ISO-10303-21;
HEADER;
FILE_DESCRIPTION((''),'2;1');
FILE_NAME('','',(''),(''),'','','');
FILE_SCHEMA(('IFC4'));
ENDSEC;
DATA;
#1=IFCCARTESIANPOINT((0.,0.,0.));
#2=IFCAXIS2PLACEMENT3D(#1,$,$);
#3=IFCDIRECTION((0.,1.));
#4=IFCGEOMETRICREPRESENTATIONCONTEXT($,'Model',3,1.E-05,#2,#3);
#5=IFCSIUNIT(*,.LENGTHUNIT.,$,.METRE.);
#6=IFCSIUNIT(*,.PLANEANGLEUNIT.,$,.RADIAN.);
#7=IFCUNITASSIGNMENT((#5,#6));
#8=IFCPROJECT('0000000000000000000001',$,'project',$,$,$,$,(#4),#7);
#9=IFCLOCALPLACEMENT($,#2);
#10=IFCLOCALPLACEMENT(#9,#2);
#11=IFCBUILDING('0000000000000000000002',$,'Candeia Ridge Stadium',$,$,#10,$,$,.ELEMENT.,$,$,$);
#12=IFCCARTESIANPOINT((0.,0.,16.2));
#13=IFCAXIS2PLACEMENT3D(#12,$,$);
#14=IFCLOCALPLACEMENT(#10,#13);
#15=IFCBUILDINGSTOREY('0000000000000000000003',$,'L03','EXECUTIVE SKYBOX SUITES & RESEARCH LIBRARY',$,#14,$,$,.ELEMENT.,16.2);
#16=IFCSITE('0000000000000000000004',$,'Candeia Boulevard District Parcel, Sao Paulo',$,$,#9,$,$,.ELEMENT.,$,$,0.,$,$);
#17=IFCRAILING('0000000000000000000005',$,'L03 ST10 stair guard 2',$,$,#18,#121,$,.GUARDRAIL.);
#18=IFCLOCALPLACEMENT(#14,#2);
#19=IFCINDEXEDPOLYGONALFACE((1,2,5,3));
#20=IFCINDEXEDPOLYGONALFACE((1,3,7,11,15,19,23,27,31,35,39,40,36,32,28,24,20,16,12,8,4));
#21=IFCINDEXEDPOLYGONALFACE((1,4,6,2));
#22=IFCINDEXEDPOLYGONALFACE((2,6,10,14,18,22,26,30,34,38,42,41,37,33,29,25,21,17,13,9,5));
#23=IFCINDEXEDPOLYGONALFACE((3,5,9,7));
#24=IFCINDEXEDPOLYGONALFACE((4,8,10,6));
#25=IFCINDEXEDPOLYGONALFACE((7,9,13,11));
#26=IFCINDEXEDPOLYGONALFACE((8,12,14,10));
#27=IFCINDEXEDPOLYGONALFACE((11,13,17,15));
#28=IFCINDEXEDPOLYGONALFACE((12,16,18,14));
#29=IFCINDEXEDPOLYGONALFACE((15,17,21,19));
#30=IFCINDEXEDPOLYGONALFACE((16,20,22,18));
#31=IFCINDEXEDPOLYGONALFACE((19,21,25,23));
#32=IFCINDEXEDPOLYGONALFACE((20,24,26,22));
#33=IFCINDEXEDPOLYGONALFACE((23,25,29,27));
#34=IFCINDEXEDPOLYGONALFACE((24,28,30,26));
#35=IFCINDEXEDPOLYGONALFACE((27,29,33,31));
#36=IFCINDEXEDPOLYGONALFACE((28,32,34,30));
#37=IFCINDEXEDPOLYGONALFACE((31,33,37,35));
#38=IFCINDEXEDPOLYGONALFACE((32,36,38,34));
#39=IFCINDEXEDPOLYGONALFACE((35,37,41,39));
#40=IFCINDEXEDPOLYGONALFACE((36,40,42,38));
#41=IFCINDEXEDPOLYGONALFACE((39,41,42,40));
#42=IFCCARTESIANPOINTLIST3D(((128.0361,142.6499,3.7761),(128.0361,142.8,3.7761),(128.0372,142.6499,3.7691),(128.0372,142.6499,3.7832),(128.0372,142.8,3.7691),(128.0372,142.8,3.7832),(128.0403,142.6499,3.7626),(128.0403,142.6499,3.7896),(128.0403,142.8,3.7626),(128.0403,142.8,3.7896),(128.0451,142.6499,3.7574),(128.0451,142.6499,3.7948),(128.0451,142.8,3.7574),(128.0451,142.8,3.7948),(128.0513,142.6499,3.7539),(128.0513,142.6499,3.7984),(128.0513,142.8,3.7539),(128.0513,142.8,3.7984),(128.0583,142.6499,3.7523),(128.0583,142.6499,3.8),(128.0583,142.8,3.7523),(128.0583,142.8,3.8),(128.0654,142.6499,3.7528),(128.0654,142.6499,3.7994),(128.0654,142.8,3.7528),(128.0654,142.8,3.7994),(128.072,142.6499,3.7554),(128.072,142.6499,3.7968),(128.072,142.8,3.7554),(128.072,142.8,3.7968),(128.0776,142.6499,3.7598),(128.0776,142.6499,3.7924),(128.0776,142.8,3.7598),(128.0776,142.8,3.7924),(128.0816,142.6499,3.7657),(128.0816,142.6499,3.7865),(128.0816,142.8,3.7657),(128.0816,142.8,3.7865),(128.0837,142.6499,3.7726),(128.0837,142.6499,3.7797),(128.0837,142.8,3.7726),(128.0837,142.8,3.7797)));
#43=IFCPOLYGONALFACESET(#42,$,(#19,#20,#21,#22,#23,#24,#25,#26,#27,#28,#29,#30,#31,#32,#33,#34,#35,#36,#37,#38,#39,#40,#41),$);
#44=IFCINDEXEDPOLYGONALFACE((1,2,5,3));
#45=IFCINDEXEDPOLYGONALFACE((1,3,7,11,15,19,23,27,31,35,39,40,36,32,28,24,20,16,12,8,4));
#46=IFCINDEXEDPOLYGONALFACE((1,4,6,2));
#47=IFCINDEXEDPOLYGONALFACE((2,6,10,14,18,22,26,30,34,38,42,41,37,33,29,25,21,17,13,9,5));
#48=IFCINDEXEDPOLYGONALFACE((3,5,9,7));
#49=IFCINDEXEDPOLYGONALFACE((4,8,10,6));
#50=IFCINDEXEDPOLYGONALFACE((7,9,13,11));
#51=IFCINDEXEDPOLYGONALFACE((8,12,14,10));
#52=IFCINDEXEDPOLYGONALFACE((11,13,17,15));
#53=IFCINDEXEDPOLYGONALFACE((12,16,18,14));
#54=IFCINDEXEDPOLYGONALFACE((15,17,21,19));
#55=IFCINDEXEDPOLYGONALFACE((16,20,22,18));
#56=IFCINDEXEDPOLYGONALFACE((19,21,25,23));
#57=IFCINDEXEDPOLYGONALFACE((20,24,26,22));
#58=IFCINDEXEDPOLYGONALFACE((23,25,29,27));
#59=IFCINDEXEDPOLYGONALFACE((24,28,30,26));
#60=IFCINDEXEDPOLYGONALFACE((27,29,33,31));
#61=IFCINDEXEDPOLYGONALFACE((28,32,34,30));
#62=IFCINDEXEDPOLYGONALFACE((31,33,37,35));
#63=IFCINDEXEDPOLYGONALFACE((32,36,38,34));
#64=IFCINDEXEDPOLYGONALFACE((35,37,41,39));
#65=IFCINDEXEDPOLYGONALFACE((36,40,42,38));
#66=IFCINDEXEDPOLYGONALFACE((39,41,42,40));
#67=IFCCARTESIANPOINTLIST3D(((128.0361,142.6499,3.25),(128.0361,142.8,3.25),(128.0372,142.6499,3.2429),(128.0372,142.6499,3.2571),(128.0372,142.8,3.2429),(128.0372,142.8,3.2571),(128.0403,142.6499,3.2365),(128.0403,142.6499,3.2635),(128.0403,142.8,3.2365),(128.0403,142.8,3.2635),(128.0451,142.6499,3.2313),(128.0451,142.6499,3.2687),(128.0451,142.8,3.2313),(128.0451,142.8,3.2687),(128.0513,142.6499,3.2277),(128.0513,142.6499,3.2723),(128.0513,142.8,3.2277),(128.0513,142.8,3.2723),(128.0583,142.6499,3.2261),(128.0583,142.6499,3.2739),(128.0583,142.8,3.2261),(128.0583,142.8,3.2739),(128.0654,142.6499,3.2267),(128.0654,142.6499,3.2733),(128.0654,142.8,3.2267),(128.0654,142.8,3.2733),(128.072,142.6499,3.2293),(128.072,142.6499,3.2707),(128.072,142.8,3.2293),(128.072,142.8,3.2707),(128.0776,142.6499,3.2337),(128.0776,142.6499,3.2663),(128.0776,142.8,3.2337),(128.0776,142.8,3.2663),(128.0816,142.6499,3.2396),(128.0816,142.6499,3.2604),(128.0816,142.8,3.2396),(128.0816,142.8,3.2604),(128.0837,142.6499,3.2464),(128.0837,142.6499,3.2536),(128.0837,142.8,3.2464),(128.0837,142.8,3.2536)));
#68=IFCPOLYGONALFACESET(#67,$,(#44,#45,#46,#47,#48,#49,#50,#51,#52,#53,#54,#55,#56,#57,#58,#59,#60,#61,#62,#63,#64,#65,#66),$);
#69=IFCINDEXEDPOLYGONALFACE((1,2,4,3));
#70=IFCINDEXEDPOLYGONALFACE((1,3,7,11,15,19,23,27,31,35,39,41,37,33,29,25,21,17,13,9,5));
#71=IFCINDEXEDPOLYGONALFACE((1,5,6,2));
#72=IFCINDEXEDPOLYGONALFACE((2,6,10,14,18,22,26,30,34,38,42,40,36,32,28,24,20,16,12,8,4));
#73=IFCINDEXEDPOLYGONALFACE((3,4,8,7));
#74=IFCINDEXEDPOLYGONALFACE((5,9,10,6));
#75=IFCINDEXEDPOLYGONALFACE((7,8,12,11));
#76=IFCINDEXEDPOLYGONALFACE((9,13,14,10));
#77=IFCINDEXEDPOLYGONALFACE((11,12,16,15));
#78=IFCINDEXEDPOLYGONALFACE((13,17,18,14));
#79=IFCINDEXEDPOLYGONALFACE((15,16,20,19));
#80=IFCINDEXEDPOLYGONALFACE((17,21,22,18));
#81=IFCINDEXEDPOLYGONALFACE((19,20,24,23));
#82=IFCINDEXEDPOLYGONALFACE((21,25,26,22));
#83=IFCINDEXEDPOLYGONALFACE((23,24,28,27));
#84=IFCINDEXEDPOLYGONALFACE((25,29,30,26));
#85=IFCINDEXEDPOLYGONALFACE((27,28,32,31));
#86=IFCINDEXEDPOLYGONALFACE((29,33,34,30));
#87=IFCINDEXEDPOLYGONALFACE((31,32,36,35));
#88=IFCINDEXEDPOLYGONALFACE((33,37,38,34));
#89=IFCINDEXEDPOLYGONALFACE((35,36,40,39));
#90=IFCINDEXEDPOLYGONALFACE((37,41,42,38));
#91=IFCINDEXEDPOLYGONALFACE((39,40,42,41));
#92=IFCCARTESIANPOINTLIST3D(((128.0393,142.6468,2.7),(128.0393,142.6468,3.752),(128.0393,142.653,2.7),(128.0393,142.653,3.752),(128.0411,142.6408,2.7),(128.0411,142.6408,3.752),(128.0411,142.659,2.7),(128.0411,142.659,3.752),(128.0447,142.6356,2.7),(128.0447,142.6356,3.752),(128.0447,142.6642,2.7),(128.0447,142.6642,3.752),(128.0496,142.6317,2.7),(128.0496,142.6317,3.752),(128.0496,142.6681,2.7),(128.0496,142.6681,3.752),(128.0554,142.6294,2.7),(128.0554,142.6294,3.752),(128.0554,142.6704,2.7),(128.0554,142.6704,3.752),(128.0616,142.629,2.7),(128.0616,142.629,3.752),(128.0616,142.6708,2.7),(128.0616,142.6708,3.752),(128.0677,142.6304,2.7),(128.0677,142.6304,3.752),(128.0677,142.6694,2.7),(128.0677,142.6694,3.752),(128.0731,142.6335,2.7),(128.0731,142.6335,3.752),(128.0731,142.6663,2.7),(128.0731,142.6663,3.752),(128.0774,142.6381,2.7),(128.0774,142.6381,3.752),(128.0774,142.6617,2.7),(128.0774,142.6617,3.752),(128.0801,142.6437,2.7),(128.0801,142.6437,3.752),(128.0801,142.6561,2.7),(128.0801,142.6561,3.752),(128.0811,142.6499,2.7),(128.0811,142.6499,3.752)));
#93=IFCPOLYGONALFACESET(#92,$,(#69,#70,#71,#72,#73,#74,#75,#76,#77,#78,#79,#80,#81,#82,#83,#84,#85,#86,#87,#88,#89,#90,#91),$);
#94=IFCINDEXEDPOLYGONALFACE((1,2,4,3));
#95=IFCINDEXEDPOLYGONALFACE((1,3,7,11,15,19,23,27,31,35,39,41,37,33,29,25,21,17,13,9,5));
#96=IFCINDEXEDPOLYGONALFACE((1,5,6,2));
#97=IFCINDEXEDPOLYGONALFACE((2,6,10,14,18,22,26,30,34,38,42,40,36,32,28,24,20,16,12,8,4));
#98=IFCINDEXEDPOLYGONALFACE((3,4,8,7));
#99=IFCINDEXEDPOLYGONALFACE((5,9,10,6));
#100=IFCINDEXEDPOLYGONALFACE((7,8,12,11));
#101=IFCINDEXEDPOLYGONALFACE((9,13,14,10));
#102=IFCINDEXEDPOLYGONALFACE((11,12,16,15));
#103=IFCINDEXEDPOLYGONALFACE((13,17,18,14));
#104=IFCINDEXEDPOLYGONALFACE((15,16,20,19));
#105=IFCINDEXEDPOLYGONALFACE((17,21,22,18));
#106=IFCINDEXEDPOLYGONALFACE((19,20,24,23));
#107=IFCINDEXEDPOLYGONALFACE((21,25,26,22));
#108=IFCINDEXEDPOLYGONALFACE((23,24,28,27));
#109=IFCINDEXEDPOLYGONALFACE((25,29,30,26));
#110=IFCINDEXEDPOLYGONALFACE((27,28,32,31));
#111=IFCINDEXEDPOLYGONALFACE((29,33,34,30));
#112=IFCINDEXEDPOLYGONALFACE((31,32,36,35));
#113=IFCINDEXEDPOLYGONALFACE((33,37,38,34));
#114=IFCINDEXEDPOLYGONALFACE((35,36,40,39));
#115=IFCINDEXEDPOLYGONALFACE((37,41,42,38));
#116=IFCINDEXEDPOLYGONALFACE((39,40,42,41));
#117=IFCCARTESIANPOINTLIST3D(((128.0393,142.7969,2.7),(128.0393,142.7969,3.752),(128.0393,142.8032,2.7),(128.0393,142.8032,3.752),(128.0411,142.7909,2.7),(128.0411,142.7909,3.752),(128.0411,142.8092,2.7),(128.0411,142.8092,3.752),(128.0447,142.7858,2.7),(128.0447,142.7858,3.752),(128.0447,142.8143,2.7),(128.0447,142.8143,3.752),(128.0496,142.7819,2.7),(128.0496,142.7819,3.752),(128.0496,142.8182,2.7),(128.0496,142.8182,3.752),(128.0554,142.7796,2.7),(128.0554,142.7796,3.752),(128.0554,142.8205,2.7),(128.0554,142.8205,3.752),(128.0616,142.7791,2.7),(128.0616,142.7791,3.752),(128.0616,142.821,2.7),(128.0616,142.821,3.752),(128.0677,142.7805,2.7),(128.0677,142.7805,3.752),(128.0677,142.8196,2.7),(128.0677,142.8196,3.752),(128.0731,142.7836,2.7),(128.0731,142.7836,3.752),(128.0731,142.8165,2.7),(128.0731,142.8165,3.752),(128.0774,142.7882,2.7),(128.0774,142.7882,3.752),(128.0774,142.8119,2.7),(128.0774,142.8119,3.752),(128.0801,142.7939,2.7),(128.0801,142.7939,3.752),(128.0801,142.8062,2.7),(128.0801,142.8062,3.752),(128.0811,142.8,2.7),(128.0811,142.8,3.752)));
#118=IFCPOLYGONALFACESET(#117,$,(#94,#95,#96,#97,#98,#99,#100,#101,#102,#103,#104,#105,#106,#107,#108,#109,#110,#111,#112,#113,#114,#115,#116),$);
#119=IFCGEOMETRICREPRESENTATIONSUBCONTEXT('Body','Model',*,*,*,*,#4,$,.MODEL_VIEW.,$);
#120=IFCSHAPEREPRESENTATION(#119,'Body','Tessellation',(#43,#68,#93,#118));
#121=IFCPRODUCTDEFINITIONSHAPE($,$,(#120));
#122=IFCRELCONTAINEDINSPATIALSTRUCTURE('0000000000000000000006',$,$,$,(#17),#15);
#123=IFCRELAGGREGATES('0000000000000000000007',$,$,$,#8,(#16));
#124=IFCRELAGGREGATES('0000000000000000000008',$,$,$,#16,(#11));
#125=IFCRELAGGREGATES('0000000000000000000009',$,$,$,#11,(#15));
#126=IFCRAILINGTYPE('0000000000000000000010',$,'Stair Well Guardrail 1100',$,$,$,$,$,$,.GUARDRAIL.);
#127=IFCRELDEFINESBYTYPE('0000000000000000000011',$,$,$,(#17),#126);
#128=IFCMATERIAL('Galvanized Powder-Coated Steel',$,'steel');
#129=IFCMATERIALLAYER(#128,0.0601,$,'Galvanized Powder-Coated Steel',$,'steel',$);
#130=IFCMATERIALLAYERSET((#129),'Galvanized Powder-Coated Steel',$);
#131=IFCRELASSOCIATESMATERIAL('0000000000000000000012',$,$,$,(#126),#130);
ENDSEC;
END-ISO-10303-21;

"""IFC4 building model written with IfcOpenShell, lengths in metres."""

from ifc_helpers import new_model, si_unit, direction, frame, origin, origin_2d, place, context, subcontext, project, spatial, circle, extrude, material, layer, layer_set, type_object, element, save


model = new_model("IFC4")

# Units and contexts
model_context = context("Model", 3, precision=1e-05, world=origin(), true_north=direction((0.0, 1.0)))
body_context = subcontext(model_context, "Body", "Model", "MODEL_VIEW")
ifc_project = project(units=[si_unit("LENGTHUNIT", "METRE"), si_unit("PLANEANGLEUNIT", "RADIAN")], contexts=[model_context])

# Site, building, storey
site_placement = place(None, origin())
site = spatial("IfcSite", under=ifc_project, at=site_placement, Name="Candeia Boulevard District Parcel, Sao Paulo", CompositionType="ELEMENT", RefElevation=0.0)
building_placement = place(site_placement, origin())
building = spatial("IfcBuilding", under=site, at=building_placement, Name="Candeia Ridge Stadium", CompositionType="ELEMENT")
storey_placement = place(building_placement, frame((0.0, 0.0, 16.2)))
storey = spatial("IfcBuildingStorey", under=building, at=storey_placement, Name="L03", Description="EXECUTIVE SKYBOX SUITES & RESEARCH LIBRARY", CompositionType="ELEMENT", Elevation=16.2)

# Railing
ifc_material_1 = material(Name="Galvanized Powder-Coated Steel", Category="steel")
ifc_layer_1 = layer(ifc_material_1, 0.0601, Name="Galvanized Powder-Coated Steel", Category="steel")
ifc_layer_set_1 = layer_set([ifc_layer_1], Name="Galvanized Powder-Coated Steel")
railing_type_1 = type_object("IfcRailingType", Name="Stair Well Guardrail 1100", PredefinedType="GUARDRAIL", material=ifc_layer_set_1)
railing_1_placement = place(storey_placement, frame((128.0601, 142.6499, 2.7)))
element("IfcRailing", 1, at=railing_1_placement, inside=storey, type_object=railing_type_1, Name="L03 ST10 stair guard 2", PredefinedType="GUARDRAIL", context=body_context, shape_type="SweptSolid", body=[
    extrude(circle(Radius=0.0239, at=origin_2d()), frame((0.0, 0.0, 1.0762), z_axis=(0.0, 1.0, 0.0), x_axis=(-1.0, 0.0, 0.0)), (0.0, 0.0, 1.0), 0.1501),
    extrude(circle(Radius=0.0239, at=origin_2d()), frame((0.0, 0.0, 0.55), z_axis=(0.0, 1.0, 0.0), x_axis=(-1.0, 0.0, 0.0)), (0.0, 0.0, 1.0), 0.1501),
    extrude(circle(Radius=0.021, at=origin_2d()), origin(), (0.0, 0.0, 1.0), 1.052),
    extrude(circle(Radius=0.021, at=origin_2d()), frame((0.0, 0.1501, 0.0)), (0.0, 0.0, 1.0), 1.052),
])

save(model, "model.ifc")
